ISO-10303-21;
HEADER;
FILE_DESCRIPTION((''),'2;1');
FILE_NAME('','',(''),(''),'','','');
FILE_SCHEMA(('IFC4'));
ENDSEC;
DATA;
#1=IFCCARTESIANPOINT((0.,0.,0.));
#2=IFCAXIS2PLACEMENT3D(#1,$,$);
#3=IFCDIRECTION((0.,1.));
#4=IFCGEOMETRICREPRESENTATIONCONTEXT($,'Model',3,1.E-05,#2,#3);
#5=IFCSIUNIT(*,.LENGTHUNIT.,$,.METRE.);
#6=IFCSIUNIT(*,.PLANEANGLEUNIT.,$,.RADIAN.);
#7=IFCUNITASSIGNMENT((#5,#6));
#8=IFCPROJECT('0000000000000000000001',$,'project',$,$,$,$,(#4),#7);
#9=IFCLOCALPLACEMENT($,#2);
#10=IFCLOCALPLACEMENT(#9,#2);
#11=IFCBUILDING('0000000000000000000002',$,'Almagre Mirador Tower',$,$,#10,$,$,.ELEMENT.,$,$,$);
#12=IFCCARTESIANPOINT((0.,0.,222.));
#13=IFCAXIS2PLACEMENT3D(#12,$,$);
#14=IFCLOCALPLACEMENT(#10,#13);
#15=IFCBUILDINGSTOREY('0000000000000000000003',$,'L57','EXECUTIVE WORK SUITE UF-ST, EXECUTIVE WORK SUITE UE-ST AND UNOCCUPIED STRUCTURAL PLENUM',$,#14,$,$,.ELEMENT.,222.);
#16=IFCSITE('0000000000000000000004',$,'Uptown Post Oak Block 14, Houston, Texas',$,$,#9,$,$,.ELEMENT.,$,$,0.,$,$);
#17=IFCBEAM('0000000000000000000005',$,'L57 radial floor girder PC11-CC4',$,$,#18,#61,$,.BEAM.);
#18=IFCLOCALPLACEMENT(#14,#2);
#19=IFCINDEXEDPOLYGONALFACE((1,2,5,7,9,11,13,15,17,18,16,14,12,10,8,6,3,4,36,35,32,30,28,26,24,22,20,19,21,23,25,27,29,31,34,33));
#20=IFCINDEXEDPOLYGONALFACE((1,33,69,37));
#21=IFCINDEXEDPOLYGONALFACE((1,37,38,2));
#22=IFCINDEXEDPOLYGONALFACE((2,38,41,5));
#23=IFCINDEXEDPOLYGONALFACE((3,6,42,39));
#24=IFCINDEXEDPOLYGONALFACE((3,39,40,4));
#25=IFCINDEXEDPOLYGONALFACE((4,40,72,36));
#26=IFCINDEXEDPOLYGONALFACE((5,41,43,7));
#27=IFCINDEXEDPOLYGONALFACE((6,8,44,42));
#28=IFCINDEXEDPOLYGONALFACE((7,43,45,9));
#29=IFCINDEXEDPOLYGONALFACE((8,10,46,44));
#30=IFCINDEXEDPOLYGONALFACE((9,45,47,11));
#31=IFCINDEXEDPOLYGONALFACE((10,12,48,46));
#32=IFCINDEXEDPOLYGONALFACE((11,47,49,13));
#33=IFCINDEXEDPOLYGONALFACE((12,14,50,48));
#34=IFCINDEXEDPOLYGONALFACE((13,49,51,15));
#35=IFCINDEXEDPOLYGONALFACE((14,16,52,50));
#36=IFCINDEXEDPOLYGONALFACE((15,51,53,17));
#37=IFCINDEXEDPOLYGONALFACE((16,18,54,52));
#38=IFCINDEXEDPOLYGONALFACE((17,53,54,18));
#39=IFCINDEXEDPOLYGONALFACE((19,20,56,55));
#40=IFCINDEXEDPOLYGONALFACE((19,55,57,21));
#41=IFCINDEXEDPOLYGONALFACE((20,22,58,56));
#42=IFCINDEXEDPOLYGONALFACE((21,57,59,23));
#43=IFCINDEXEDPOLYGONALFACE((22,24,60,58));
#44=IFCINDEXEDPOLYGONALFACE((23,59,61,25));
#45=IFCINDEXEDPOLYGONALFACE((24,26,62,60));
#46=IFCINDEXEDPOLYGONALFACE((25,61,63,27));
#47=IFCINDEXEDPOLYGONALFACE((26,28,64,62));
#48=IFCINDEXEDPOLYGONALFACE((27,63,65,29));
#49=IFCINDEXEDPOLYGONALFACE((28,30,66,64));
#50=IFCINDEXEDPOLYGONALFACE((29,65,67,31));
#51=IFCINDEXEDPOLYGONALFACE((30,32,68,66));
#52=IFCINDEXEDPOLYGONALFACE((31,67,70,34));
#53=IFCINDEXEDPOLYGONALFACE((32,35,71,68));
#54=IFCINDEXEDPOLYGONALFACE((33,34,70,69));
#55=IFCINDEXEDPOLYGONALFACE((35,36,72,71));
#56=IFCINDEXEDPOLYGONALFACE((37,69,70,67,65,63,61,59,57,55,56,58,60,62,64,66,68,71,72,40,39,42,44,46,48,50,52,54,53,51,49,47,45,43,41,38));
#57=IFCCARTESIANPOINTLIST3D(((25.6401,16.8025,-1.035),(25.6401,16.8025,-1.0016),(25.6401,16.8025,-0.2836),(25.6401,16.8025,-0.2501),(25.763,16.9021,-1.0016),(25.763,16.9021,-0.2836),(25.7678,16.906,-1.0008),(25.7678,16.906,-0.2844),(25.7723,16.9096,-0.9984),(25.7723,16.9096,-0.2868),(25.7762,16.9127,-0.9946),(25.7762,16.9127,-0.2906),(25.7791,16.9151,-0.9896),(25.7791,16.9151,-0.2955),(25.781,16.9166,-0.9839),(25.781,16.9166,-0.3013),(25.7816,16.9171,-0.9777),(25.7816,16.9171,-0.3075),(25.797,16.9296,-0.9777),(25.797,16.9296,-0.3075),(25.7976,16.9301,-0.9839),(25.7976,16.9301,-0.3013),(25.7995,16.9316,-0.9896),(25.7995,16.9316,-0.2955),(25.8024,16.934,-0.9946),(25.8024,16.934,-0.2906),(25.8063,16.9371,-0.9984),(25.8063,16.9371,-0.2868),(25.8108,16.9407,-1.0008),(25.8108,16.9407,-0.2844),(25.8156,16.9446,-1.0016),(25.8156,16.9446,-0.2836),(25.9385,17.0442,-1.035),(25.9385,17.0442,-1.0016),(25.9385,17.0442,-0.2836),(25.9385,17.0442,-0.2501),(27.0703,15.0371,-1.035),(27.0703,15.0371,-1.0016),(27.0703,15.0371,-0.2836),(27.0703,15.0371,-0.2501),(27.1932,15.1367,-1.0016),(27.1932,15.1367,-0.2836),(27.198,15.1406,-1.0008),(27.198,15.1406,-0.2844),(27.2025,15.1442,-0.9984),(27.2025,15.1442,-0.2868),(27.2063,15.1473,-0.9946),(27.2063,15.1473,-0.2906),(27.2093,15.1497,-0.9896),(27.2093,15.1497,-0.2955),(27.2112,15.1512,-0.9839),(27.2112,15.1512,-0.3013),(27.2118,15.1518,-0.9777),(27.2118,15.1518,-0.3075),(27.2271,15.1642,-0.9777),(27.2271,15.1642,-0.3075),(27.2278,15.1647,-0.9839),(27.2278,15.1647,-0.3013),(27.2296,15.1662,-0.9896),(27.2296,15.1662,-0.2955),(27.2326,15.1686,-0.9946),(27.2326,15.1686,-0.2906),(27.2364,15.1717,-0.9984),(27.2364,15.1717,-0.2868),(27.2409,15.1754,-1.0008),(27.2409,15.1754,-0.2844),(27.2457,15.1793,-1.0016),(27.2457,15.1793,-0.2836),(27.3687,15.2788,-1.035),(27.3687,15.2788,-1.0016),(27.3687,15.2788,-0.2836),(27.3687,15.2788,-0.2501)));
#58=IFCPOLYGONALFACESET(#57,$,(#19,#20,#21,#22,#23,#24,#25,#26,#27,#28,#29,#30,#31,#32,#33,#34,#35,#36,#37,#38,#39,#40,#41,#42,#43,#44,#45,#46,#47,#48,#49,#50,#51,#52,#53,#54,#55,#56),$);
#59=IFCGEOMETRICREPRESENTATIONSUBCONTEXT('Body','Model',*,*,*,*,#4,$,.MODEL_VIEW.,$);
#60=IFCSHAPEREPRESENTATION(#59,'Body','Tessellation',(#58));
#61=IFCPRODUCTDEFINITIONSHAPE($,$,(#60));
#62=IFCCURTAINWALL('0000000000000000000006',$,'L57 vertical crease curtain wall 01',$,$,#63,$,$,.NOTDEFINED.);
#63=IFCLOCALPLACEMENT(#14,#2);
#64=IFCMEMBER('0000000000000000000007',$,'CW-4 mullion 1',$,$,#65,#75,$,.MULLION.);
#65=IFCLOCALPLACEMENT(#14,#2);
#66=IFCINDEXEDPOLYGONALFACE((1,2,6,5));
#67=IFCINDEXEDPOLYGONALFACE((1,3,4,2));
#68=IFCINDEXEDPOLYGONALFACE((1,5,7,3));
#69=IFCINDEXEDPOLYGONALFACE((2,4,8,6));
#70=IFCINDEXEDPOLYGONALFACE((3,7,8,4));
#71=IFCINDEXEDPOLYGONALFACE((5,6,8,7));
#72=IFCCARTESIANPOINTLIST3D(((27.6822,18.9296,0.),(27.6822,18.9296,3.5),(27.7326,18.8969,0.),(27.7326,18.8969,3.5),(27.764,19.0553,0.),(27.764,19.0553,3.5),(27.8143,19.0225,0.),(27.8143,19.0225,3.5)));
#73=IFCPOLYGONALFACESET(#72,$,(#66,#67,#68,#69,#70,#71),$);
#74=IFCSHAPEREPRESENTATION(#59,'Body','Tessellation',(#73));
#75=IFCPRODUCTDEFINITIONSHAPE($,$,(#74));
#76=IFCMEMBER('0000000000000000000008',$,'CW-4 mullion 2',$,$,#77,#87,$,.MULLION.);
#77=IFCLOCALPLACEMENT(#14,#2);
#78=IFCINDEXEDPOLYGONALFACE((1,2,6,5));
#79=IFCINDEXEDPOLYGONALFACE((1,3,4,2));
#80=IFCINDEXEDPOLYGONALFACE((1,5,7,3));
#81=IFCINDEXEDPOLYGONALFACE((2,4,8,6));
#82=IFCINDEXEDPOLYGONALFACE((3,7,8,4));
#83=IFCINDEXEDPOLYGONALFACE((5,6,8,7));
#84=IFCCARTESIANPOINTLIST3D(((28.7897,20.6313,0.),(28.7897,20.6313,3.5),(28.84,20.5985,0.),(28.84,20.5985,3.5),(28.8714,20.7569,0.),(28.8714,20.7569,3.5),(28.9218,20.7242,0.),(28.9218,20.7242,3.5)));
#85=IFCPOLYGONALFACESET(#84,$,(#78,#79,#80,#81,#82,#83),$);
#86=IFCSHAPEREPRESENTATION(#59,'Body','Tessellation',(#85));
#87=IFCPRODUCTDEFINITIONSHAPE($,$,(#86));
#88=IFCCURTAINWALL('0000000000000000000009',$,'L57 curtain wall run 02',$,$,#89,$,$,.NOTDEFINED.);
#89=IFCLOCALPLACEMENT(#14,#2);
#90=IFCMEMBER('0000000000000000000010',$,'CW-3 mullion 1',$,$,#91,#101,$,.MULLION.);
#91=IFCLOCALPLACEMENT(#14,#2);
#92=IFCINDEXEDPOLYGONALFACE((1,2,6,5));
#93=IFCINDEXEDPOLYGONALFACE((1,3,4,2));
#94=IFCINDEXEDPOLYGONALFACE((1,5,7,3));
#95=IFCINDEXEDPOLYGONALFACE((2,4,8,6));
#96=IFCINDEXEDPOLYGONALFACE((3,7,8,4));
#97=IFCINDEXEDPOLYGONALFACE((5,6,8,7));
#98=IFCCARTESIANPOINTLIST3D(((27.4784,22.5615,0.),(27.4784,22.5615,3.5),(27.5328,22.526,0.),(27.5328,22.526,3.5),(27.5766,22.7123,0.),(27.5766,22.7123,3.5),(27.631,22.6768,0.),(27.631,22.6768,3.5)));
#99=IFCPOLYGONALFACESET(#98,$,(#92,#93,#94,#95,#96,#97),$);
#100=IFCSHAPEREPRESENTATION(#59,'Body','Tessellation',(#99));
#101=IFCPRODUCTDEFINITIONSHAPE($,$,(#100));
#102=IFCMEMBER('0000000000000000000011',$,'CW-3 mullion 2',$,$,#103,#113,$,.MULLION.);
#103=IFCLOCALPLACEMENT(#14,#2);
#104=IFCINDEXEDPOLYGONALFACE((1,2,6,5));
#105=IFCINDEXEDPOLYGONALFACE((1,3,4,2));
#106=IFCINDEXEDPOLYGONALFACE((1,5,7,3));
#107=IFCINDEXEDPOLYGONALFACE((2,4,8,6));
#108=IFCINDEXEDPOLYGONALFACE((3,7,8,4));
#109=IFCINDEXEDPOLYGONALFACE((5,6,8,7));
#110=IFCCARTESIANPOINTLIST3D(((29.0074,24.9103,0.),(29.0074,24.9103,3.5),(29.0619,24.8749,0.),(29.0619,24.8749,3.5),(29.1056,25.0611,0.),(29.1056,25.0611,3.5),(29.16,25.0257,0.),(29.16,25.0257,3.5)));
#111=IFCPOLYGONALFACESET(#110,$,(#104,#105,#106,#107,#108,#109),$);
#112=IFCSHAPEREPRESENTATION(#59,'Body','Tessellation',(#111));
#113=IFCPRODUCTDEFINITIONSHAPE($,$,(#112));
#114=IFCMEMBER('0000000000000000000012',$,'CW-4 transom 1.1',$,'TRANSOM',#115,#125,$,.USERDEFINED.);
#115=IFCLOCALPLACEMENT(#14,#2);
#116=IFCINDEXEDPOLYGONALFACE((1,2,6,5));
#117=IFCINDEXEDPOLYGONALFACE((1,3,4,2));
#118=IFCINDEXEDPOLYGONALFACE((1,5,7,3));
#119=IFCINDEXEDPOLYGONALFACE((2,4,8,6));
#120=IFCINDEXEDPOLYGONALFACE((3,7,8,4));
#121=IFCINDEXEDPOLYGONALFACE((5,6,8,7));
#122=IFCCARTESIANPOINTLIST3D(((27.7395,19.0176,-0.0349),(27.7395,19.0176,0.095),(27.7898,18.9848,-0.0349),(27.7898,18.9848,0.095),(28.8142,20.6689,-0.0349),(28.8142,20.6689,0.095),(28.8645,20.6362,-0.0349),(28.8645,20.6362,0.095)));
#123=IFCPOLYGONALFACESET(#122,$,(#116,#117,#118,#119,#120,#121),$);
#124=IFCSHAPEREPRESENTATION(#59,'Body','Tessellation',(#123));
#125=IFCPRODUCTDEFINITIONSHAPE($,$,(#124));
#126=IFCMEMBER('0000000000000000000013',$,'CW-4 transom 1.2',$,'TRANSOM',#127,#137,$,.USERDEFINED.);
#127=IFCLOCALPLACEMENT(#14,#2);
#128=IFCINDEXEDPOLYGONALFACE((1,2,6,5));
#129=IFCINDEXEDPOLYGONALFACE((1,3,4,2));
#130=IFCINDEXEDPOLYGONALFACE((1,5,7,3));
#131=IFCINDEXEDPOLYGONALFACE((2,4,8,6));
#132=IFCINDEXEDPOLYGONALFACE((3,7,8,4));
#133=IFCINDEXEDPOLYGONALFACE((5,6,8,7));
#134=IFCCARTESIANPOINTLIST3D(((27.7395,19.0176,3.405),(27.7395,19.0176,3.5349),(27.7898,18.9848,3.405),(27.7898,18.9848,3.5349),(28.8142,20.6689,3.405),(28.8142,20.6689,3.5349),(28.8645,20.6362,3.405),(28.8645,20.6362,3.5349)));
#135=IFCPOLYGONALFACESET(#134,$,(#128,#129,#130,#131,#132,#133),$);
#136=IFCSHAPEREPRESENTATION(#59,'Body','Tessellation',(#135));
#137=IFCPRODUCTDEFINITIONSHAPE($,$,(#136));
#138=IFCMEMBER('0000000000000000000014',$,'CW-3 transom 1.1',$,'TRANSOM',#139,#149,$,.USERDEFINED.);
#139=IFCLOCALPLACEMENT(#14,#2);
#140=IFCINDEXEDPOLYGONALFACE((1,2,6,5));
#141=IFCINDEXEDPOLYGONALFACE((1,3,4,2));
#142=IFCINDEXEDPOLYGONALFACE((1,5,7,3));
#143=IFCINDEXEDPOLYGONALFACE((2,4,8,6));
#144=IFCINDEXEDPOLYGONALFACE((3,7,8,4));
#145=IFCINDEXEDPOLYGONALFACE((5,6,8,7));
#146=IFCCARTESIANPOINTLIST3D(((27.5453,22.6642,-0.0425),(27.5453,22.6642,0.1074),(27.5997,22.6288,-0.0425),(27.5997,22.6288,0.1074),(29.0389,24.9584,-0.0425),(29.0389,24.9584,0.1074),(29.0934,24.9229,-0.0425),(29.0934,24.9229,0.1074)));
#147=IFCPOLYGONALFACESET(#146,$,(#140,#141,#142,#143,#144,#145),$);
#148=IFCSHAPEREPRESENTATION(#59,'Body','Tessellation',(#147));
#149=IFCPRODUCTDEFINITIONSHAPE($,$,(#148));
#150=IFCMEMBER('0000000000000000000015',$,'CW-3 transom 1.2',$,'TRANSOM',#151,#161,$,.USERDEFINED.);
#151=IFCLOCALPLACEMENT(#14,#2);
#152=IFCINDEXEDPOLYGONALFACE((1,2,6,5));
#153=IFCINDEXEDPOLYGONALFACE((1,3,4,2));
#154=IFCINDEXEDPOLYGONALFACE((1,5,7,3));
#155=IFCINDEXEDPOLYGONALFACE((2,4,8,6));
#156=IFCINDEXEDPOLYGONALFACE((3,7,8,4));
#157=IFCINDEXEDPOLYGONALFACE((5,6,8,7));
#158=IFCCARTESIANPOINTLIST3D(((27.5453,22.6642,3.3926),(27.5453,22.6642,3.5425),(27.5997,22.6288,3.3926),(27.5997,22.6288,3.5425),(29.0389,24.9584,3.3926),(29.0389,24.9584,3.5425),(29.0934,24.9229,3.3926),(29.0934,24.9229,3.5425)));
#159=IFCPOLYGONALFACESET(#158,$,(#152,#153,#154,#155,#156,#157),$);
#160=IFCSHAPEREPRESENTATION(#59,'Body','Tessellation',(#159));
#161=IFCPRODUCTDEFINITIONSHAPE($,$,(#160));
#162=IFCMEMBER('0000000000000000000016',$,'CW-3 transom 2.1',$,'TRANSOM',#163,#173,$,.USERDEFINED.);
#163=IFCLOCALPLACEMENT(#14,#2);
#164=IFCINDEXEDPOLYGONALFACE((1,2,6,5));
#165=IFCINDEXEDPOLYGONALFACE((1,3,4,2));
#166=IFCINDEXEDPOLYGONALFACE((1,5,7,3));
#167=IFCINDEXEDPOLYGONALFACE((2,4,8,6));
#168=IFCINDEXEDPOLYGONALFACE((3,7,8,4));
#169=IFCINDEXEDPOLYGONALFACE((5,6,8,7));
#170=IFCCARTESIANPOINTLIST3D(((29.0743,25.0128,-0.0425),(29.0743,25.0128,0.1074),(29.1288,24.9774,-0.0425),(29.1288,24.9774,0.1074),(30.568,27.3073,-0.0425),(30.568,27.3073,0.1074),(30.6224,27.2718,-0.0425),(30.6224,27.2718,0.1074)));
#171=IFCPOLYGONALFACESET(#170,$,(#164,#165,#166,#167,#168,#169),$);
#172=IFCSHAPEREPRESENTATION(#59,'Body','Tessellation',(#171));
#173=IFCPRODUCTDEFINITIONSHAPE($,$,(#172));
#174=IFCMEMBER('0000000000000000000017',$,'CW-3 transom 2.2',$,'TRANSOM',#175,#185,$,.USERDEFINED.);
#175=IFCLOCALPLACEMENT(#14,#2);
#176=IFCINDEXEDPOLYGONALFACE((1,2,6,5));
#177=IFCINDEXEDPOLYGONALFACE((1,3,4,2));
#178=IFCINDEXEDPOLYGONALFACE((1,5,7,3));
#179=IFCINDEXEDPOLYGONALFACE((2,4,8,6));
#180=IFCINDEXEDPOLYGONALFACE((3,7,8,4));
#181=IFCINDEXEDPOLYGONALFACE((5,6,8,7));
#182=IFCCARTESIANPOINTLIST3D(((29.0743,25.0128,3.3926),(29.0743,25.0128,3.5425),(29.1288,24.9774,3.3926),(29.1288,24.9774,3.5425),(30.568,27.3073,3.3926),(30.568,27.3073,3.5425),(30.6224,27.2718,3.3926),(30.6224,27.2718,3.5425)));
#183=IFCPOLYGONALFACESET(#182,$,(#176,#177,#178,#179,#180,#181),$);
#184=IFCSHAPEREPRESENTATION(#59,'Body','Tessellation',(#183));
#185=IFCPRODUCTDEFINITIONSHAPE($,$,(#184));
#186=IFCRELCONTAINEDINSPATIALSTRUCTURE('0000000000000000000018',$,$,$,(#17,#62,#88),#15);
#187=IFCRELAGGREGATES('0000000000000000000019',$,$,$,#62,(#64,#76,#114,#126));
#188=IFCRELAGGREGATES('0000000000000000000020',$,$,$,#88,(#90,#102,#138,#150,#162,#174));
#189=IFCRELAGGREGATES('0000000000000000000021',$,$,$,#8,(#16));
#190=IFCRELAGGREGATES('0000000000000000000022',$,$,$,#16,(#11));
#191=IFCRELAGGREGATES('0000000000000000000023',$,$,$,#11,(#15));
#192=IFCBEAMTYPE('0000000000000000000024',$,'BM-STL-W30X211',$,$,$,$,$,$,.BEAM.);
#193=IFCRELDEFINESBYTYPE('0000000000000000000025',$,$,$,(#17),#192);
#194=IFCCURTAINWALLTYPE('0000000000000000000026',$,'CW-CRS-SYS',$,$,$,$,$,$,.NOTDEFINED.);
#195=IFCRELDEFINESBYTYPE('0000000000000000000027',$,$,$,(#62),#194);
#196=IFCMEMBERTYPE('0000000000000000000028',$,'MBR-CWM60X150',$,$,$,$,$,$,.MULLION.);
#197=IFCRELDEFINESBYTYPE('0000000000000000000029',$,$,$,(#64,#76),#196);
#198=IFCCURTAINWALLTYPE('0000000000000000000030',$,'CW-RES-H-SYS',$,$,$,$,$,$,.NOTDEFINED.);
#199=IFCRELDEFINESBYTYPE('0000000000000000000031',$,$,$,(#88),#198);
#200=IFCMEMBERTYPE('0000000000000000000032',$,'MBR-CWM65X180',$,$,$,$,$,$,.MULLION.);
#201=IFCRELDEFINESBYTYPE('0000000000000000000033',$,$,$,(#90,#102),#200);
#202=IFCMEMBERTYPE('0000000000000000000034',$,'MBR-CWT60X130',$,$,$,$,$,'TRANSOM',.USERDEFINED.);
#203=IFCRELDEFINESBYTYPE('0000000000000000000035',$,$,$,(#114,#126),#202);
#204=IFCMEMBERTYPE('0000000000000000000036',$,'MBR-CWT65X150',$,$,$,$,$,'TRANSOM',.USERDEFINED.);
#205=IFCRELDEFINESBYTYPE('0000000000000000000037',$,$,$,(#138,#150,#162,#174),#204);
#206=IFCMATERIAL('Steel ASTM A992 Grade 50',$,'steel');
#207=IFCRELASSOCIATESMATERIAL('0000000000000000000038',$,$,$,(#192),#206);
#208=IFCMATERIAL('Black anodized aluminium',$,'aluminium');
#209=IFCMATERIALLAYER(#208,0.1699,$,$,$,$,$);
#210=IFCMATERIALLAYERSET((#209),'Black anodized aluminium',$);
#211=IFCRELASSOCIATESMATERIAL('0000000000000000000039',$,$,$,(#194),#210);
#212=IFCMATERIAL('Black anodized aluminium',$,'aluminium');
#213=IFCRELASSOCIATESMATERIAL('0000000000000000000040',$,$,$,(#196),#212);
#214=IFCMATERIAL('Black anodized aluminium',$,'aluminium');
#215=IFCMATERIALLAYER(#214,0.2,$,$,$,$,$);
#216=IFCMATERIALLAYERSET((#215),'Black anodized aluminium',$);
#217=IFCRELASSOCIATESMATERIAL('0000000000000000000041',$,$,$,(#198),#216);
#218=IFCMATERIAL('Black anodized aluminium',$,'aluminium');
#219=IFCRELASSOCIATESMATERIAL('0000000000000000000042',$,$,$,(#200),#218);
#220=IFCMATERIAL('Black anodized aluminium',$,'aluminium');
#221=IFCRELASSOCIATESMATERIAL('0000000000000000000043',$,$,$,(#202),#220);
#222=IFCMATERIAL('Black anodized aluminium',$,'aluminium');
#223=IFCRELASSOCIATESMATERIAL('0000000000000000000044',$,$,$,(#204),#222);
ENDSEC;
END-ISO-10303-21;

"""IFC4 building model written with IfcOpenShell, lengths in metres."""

from ifc_helpers import new_model, si_unit, direction, frame, origin, origin_2d, place, context, subcontext, project, spatial, rectangle, i_section, extrude, material, layer, layer_set, material_profile, profile_set, type_object, element, aggregate, save


model = new_model("IFC4")

# Units and contexts
model_context = context("Model", 3, precision=1e-05, world=origin(), true_north=direction((0.0, 1.0)))
body_context = subcontext(model_context, "Body", "Model", "MODEL_VIEW")
ifc_project = project(units=[si_unit("LENGTHUNIT", "METRE"), si_unit("PLANEANGLEUNIT", "RADIAN")], contexts=[model_context])

# Site, building, storey
site_placement = place(None, origin())
site = spatial("IfcSite", under=ifc_project, at=site_placement, Name="Uptown Post Oak Block 14, Houston, Texas", CompositionType="ELEMENT", RefElevation=0.0)
building_placement = place(site_placement, origin())
building = spatial("IfcBuilding", under=site, at=building_placement, Name="Almagre Mirador Tower", CompositionType="ELEMENT")
storey_placement = place(building_placement, frame((0.0, 0.0, 222.0)))
storey = spatial("IfcBuildingStorey", under=building, at=storey_placement, Name="L57", Description="EXECUTIVE WORK SUITE UF-ST, EXECUTIVE WORK SUITE UE-ST AND UNOCCUPIED STRUCTURAL PLENUM", CompositionType="ELEMENT", Elevation=222.0)

# Beam
ifc_material_1 = material(Name="Steel ASTM A992 Grade 50", Category="steel")
ifc_material_profile_1 = material_profile(ifc_material_1, i_section(OverallWidth=0.384, OverallDepth=0.7849, WebThickness=0.0198, FlangeThickness=0.0334, FilletRadius=0.0239, at=origin_2d()), Name="W30X211")
ifc_profile_set_1 = profile_set([ifc_material_profile_1], Name="Steel ASTM A992 Grade 50")
beam_type_1 = type_object("IfcBeamType", Name="BM-STL-W30X211", PredefinedType="BEAM", material=ifc_profile_set_1)
beam_1_placement = place(storey_placement, frame((25.7893, 16.9233, -0.6426), z_axis=(0.629479, -0.777017, 0.0), x_axis=(0.777017, 0.629479, 0.0)))
element("IfcBeam", 1, at=beam_1_placement, inside=storey, type_object=beam_type_1, Name="L57 radial floor girder PC11-CC4", PredefinedType="BEAM", context=body_context, shape_type="SweptSolid", body=[
    extrude(i_section(OverallWidth=0.384, OverallDepth=0.7849, WebThickness=0.0198, FlangeThickness=0.0334, FilletRadius=0.0239, at=origin_2d()), origin(), (0.0, 0.0, 1.0), 2.272),
])

# Curtain walls, members
ifc_material_2 = material(Name="Black anodized aluminium", Category="aluminium")
ifc_layer_1 = layer(ifc_material_2, 0.1699)
ifc_layer_set_1 = layer_set([ifc_layer_1], Name="Black anodized aluminium")
curtain_wall_type_1 = type_object("IfcCurtainWallType", Name="CW-CRS-SYS", PredefinedType="NOTDEFINED", material=ifc_layer_set_1)
curtain_wall_1_placement = place(storey_placement, origin())
curtain_wall_1 = element("IfcCurtainWall", 2, at=curtain_wall_1_placement, inside=storey, type_object=curtain_wall_type_1, Name="L57 vertical crease curtain wall 01", PredefinedType="NOTDEFINED")
ifc_material_3 = material(Name="Black anodized aluminium", Category="aluminium")
ifc_material_profile_2 = material_profile(ifc_material_3, rectangle(XDim=0.0601, YDim=0.1499, at=origin_2d()), Name="CWM60X150")
ifc_profile_set_2 = profile_set([ifc_material_profile_2], Name="Black anodized aluminium")
member_type_1 = type_object("IfcMemberType", Name="MBR-CWM60X150", PredefinedType="MULLION", material=ifc_profile_set_2)
member_1_placement = place(storey_placement, frame((27.7483, 18.9761, 0.0), z_axis=(0.0, 0.0, 1.0), x_axis=(-0.838181, 0.545392, 0.0)))
member_1 = element("IfcMember", 3, at=member_1_placement, type_object=member_type_1, Name="CW-4 mullion 1", PredefinedType="MULLION", context=body_context, shape_type="SweptSolid", body=[
    extrude(rectangle(XDim=0.0601, YDim=0.1499, at=origin_2d()), origin(), (0.0, 0.0, 1.0), 3.5),
])
member_2_placement = place(storey_placement, frame((28.8557, 20.6777, 0.0), z_axis=(0.0, 0.0, 1.0), x_axis=(-0.838181, 0.545392, 0.0)))
member_2 = element("IfcMember", 4, at=member_2_placement, type_object=member_type_1, Name="CW-4 mullion 2", PredefinedType="MULLION", context=body_context, shape_type="SweptSolid", body=[
    extrude(rectangle(XDim=0.0601, YDim=0.1499, at=origin_2d()), origin(), (0.0, 0.0, 1.0), 3.5),
])
ifc_material_4 = material(Name="Black anodized aluminium", Category="aluminium")
ifc_layer_2 = layer(ifc_material_4, 0.2)
ifc_layer_set_2 = layer_set([ifc_layer_2], Name="Black anodized aluminium")
curtain_wall_type_2 = type_object("IfcCurtainWallType", Name="CW-RES-H-SYS", PredefinedType="NOTDEFINED", material=ifc_layer_set_2)
curtain_wall_2_placement = place(storey_placement, origin())
curtain_wall_2 = element("IfcCurtainWall", 5, at=curtain_wall_2_placement, inside=storey, type_object=curtain_wall_type_2, Name="L57 curtain wall run 02", PredefinedType="NOTDEFINED")
ifc_material_5 = material(Name="Black anodized aluminium", Category="aluminium")
ifc_material_profile_3 = material_profile(ifc_material_5, rectangle(XDim=0.0649, YDim=0.1799, at=origin_2d()), Name="CWM65X180")
ifc_profile_set_3 = profile_set([ifc_material_profile_3], Name="Black anodized aluminium")
member_type_2 = type_object("IfcMemberType", Name="MBR-CWM65X180", PredefinedType="MULLION", material=ifc_profile_set_3)
member_3_placement = place(storey_placement, frame((27.5547, 22.6191, 0.0), z_axis=(0.0, 0.0, 1.0), x_axis=(-0.838049, 0.545596, 0.0)))
member_3 = element("IfcMember", 6, at=member_3_placement, type_object=member_type_2, Name="CW-3 mullion 1", PredefinedType="MULLION", context=body_context, shape_type="SweptSolid", body=[
    extrude(rectangle(XDim=0.0649, YDim=0.1799, at=origin_2d()), origin(), (0.0, 0.0, 1.0), 3.5),
])
member_4_placement = place(storey_placement, frame((29.0837, 24.968, 0.0), z_axis=(0.0, 0.0, 1.0), x_axis=(-0.838049, 0.545596, 0.0)))
member_4 = element("IfcMember", 7, at=member_4_placement, type_object=member_type_2, Name="CW-3 mullion 2", PredefinedType="MULLION", context=body_context, shape_type="SweptSolid", body=[
    extrude(rectangle(XDim=0.0649, YDim=0.1799, at=origin_2d()), origin(), (0.0, 0.0, 1.0), 3.5),
])

# Members
ifc_material_6 = material(Name="Black anodized aluminium", Category="aluminium")
ifc_material_profile_4 = material_profile(ifc_material_6, rectangle(XDim=0.0601, YDim=0.1299, at=origin_2d()), Name="CWT60X130")
ifc_profile_set_4 = profile_set([ifc_material_profile_4], Name="Black anodized aluminium")
member_type_3 = type_object("IfcMemberType", Name="MBR-CWT60X130", ElementType="TRANSOM", PredefinedType="USERDEFINED", material=ifc_profile_set_4)
member_5_placement = place(storey_placement, frame((27.7646, 19.0012, 0.03), z_axis=(0.545459, 0.838138, 0.0), x_axis=(-0.838138, 0.545459, 0.0)))
member_5 = element("IfcMember", 8, at=member_5_placement, type_object=member_type_3, Name="CW-4 transom 1.1", ObjectType="TRANSOM", PredefinedType="USERDEFINED", context=body_context, shape_type="SweptSolid", body=[
    extrude(rectangle(XDim=0.0601, YDim=0.1299, at=origin_2d()), origin(), (0.0, 0.0, 1.0), 1.9702),
])
member_6_placement = place(storey_placement, frame((27.7646, 19.0012, 3.47), z_axis=(0.545459, 0.838138, 0.0), x_axis=(-0.838138, 0.545459, 0.0)))
member_6 = element("IfcMember", 9, at=member_6_placement, type_object=member_type_3, Name="CW-4 transom 1.2", ObjectType="TRANSOM", PredefinedType="USERDEFINED", context=body_context, shape_type="SweptSolid", body=[
    extrude(rectangle(XDim=0.0601, YDim=0.1299, at=origin_2d()), origin(), (0.0, 0.0, 1.0), 1.9702),
])
ifc_material_7 = material(Name="Black anodized aluminium", Category="aluminium")
ifc_material_profile_5 = material_profile(ifc_material_7, rectangle(XDim=0.0649, YDim=0.1499, at=origin_2d()), Name="CWT65X150")
ifc_profile_set_5 = profile_set([ifc_material_profile_5], Name="Black anodized aluminium")
member_type_4 = type_object("IfcMemberType", Name="MBR-CWT65X150", ElementType="TRANSOM", PredefinedType="USERDEFINED", material=ifc_profile_set_5)
member_7_placement = place(storey_placement, frame((27.5725, 22.6465, 0.0325), z_axis=(0.545612, 0.838038, 0.0), x_axis=(-0.838038, 0.545612, 0.0)))
member_7 = element("IfcMember", 10, at=member_7_placement, type_object=member_type_4, Name="CW-3 transom 1.1", ObjectType="TRANSOM", PredefinedType="USERDEFINED", context=body_context, shape_type="SweptSolid", body=[
    extrude(rectangle(XDim=0.0649, YDim=0.1499, at=origin_2d()), origin(), (0.0, 0.0, 1.0), 2.7375),
])
member_8_placement = place(storey_placement, frame((27.5725, 22.6465, 3.4675), z_axis=(0.545612, 0.838038, 0.0), x_axis=(-0.838038, 0.545612, 0.0)))
member_8 = element("IfcMember", 11, at=member_8_placement, type_object=member_type_4, Name="CW-3 transom 1.2", ObjectType="TRANSOM", PredefinedType="USERDEFINED", context=body_context, shape_type="SweptSolid", body=[
    extrude(rectangle(XDim=0.0649, YDim=0.1499, at=origin_2d()), origin(), (0.0, 0.0, 1.0), 2.7375),
])
member_9_placement = place(storey_placement, frame((29.1016, 24.9951, 0.0325), z_axis=(0.545571, 0.838064, 0.0), x_axis=(-0.838064, 0.545571, 0.0)))
member_9 = element("IfcMember", 12, at=member_9_placement, type_object=member_type_4, Name="CW-3 transom 2.1", ObjectType="TRANSOM", PredefinedType="USERDEFINED", context=body_context, shape_type="SweptSolid", body=[
    extrude(rectangle(XDim=0.0649, YDim=0.1499, at=origin_2d()), origin(), (0.0, 0.0, 1.0), 2.7378),
])
member_10_placement = place(storey_placement, frame((29.1016, 24.9951, 3.4675), z_axis=(0.545571, 0.838064, 0.0), x_axis=(-0.838064, 0.545571, 0.0)))
member_10 = element("IfcMember", 13, at=member_10_placement, type_object=member_type_4, Name="CW-3 transom 2.2", ObjectType="TRANSOM", PredefinedType="USERDEFINED", context=body_context, shape_type="SweptSolid", body=[
    extrude(rectangle(XDim=0.0649, YDim=0.1499, at=origin_2d()), origin(), (0.0, 0.0, 1.0), 2.7378),
])

aggregate(curtain_wall_1, [member_1, member_2, member_5, member_6])
aggregate(curtain_wall_2, [member_3, member_4, member_7, member_8, member_9, member_10])

save(model, "model.ifc")
